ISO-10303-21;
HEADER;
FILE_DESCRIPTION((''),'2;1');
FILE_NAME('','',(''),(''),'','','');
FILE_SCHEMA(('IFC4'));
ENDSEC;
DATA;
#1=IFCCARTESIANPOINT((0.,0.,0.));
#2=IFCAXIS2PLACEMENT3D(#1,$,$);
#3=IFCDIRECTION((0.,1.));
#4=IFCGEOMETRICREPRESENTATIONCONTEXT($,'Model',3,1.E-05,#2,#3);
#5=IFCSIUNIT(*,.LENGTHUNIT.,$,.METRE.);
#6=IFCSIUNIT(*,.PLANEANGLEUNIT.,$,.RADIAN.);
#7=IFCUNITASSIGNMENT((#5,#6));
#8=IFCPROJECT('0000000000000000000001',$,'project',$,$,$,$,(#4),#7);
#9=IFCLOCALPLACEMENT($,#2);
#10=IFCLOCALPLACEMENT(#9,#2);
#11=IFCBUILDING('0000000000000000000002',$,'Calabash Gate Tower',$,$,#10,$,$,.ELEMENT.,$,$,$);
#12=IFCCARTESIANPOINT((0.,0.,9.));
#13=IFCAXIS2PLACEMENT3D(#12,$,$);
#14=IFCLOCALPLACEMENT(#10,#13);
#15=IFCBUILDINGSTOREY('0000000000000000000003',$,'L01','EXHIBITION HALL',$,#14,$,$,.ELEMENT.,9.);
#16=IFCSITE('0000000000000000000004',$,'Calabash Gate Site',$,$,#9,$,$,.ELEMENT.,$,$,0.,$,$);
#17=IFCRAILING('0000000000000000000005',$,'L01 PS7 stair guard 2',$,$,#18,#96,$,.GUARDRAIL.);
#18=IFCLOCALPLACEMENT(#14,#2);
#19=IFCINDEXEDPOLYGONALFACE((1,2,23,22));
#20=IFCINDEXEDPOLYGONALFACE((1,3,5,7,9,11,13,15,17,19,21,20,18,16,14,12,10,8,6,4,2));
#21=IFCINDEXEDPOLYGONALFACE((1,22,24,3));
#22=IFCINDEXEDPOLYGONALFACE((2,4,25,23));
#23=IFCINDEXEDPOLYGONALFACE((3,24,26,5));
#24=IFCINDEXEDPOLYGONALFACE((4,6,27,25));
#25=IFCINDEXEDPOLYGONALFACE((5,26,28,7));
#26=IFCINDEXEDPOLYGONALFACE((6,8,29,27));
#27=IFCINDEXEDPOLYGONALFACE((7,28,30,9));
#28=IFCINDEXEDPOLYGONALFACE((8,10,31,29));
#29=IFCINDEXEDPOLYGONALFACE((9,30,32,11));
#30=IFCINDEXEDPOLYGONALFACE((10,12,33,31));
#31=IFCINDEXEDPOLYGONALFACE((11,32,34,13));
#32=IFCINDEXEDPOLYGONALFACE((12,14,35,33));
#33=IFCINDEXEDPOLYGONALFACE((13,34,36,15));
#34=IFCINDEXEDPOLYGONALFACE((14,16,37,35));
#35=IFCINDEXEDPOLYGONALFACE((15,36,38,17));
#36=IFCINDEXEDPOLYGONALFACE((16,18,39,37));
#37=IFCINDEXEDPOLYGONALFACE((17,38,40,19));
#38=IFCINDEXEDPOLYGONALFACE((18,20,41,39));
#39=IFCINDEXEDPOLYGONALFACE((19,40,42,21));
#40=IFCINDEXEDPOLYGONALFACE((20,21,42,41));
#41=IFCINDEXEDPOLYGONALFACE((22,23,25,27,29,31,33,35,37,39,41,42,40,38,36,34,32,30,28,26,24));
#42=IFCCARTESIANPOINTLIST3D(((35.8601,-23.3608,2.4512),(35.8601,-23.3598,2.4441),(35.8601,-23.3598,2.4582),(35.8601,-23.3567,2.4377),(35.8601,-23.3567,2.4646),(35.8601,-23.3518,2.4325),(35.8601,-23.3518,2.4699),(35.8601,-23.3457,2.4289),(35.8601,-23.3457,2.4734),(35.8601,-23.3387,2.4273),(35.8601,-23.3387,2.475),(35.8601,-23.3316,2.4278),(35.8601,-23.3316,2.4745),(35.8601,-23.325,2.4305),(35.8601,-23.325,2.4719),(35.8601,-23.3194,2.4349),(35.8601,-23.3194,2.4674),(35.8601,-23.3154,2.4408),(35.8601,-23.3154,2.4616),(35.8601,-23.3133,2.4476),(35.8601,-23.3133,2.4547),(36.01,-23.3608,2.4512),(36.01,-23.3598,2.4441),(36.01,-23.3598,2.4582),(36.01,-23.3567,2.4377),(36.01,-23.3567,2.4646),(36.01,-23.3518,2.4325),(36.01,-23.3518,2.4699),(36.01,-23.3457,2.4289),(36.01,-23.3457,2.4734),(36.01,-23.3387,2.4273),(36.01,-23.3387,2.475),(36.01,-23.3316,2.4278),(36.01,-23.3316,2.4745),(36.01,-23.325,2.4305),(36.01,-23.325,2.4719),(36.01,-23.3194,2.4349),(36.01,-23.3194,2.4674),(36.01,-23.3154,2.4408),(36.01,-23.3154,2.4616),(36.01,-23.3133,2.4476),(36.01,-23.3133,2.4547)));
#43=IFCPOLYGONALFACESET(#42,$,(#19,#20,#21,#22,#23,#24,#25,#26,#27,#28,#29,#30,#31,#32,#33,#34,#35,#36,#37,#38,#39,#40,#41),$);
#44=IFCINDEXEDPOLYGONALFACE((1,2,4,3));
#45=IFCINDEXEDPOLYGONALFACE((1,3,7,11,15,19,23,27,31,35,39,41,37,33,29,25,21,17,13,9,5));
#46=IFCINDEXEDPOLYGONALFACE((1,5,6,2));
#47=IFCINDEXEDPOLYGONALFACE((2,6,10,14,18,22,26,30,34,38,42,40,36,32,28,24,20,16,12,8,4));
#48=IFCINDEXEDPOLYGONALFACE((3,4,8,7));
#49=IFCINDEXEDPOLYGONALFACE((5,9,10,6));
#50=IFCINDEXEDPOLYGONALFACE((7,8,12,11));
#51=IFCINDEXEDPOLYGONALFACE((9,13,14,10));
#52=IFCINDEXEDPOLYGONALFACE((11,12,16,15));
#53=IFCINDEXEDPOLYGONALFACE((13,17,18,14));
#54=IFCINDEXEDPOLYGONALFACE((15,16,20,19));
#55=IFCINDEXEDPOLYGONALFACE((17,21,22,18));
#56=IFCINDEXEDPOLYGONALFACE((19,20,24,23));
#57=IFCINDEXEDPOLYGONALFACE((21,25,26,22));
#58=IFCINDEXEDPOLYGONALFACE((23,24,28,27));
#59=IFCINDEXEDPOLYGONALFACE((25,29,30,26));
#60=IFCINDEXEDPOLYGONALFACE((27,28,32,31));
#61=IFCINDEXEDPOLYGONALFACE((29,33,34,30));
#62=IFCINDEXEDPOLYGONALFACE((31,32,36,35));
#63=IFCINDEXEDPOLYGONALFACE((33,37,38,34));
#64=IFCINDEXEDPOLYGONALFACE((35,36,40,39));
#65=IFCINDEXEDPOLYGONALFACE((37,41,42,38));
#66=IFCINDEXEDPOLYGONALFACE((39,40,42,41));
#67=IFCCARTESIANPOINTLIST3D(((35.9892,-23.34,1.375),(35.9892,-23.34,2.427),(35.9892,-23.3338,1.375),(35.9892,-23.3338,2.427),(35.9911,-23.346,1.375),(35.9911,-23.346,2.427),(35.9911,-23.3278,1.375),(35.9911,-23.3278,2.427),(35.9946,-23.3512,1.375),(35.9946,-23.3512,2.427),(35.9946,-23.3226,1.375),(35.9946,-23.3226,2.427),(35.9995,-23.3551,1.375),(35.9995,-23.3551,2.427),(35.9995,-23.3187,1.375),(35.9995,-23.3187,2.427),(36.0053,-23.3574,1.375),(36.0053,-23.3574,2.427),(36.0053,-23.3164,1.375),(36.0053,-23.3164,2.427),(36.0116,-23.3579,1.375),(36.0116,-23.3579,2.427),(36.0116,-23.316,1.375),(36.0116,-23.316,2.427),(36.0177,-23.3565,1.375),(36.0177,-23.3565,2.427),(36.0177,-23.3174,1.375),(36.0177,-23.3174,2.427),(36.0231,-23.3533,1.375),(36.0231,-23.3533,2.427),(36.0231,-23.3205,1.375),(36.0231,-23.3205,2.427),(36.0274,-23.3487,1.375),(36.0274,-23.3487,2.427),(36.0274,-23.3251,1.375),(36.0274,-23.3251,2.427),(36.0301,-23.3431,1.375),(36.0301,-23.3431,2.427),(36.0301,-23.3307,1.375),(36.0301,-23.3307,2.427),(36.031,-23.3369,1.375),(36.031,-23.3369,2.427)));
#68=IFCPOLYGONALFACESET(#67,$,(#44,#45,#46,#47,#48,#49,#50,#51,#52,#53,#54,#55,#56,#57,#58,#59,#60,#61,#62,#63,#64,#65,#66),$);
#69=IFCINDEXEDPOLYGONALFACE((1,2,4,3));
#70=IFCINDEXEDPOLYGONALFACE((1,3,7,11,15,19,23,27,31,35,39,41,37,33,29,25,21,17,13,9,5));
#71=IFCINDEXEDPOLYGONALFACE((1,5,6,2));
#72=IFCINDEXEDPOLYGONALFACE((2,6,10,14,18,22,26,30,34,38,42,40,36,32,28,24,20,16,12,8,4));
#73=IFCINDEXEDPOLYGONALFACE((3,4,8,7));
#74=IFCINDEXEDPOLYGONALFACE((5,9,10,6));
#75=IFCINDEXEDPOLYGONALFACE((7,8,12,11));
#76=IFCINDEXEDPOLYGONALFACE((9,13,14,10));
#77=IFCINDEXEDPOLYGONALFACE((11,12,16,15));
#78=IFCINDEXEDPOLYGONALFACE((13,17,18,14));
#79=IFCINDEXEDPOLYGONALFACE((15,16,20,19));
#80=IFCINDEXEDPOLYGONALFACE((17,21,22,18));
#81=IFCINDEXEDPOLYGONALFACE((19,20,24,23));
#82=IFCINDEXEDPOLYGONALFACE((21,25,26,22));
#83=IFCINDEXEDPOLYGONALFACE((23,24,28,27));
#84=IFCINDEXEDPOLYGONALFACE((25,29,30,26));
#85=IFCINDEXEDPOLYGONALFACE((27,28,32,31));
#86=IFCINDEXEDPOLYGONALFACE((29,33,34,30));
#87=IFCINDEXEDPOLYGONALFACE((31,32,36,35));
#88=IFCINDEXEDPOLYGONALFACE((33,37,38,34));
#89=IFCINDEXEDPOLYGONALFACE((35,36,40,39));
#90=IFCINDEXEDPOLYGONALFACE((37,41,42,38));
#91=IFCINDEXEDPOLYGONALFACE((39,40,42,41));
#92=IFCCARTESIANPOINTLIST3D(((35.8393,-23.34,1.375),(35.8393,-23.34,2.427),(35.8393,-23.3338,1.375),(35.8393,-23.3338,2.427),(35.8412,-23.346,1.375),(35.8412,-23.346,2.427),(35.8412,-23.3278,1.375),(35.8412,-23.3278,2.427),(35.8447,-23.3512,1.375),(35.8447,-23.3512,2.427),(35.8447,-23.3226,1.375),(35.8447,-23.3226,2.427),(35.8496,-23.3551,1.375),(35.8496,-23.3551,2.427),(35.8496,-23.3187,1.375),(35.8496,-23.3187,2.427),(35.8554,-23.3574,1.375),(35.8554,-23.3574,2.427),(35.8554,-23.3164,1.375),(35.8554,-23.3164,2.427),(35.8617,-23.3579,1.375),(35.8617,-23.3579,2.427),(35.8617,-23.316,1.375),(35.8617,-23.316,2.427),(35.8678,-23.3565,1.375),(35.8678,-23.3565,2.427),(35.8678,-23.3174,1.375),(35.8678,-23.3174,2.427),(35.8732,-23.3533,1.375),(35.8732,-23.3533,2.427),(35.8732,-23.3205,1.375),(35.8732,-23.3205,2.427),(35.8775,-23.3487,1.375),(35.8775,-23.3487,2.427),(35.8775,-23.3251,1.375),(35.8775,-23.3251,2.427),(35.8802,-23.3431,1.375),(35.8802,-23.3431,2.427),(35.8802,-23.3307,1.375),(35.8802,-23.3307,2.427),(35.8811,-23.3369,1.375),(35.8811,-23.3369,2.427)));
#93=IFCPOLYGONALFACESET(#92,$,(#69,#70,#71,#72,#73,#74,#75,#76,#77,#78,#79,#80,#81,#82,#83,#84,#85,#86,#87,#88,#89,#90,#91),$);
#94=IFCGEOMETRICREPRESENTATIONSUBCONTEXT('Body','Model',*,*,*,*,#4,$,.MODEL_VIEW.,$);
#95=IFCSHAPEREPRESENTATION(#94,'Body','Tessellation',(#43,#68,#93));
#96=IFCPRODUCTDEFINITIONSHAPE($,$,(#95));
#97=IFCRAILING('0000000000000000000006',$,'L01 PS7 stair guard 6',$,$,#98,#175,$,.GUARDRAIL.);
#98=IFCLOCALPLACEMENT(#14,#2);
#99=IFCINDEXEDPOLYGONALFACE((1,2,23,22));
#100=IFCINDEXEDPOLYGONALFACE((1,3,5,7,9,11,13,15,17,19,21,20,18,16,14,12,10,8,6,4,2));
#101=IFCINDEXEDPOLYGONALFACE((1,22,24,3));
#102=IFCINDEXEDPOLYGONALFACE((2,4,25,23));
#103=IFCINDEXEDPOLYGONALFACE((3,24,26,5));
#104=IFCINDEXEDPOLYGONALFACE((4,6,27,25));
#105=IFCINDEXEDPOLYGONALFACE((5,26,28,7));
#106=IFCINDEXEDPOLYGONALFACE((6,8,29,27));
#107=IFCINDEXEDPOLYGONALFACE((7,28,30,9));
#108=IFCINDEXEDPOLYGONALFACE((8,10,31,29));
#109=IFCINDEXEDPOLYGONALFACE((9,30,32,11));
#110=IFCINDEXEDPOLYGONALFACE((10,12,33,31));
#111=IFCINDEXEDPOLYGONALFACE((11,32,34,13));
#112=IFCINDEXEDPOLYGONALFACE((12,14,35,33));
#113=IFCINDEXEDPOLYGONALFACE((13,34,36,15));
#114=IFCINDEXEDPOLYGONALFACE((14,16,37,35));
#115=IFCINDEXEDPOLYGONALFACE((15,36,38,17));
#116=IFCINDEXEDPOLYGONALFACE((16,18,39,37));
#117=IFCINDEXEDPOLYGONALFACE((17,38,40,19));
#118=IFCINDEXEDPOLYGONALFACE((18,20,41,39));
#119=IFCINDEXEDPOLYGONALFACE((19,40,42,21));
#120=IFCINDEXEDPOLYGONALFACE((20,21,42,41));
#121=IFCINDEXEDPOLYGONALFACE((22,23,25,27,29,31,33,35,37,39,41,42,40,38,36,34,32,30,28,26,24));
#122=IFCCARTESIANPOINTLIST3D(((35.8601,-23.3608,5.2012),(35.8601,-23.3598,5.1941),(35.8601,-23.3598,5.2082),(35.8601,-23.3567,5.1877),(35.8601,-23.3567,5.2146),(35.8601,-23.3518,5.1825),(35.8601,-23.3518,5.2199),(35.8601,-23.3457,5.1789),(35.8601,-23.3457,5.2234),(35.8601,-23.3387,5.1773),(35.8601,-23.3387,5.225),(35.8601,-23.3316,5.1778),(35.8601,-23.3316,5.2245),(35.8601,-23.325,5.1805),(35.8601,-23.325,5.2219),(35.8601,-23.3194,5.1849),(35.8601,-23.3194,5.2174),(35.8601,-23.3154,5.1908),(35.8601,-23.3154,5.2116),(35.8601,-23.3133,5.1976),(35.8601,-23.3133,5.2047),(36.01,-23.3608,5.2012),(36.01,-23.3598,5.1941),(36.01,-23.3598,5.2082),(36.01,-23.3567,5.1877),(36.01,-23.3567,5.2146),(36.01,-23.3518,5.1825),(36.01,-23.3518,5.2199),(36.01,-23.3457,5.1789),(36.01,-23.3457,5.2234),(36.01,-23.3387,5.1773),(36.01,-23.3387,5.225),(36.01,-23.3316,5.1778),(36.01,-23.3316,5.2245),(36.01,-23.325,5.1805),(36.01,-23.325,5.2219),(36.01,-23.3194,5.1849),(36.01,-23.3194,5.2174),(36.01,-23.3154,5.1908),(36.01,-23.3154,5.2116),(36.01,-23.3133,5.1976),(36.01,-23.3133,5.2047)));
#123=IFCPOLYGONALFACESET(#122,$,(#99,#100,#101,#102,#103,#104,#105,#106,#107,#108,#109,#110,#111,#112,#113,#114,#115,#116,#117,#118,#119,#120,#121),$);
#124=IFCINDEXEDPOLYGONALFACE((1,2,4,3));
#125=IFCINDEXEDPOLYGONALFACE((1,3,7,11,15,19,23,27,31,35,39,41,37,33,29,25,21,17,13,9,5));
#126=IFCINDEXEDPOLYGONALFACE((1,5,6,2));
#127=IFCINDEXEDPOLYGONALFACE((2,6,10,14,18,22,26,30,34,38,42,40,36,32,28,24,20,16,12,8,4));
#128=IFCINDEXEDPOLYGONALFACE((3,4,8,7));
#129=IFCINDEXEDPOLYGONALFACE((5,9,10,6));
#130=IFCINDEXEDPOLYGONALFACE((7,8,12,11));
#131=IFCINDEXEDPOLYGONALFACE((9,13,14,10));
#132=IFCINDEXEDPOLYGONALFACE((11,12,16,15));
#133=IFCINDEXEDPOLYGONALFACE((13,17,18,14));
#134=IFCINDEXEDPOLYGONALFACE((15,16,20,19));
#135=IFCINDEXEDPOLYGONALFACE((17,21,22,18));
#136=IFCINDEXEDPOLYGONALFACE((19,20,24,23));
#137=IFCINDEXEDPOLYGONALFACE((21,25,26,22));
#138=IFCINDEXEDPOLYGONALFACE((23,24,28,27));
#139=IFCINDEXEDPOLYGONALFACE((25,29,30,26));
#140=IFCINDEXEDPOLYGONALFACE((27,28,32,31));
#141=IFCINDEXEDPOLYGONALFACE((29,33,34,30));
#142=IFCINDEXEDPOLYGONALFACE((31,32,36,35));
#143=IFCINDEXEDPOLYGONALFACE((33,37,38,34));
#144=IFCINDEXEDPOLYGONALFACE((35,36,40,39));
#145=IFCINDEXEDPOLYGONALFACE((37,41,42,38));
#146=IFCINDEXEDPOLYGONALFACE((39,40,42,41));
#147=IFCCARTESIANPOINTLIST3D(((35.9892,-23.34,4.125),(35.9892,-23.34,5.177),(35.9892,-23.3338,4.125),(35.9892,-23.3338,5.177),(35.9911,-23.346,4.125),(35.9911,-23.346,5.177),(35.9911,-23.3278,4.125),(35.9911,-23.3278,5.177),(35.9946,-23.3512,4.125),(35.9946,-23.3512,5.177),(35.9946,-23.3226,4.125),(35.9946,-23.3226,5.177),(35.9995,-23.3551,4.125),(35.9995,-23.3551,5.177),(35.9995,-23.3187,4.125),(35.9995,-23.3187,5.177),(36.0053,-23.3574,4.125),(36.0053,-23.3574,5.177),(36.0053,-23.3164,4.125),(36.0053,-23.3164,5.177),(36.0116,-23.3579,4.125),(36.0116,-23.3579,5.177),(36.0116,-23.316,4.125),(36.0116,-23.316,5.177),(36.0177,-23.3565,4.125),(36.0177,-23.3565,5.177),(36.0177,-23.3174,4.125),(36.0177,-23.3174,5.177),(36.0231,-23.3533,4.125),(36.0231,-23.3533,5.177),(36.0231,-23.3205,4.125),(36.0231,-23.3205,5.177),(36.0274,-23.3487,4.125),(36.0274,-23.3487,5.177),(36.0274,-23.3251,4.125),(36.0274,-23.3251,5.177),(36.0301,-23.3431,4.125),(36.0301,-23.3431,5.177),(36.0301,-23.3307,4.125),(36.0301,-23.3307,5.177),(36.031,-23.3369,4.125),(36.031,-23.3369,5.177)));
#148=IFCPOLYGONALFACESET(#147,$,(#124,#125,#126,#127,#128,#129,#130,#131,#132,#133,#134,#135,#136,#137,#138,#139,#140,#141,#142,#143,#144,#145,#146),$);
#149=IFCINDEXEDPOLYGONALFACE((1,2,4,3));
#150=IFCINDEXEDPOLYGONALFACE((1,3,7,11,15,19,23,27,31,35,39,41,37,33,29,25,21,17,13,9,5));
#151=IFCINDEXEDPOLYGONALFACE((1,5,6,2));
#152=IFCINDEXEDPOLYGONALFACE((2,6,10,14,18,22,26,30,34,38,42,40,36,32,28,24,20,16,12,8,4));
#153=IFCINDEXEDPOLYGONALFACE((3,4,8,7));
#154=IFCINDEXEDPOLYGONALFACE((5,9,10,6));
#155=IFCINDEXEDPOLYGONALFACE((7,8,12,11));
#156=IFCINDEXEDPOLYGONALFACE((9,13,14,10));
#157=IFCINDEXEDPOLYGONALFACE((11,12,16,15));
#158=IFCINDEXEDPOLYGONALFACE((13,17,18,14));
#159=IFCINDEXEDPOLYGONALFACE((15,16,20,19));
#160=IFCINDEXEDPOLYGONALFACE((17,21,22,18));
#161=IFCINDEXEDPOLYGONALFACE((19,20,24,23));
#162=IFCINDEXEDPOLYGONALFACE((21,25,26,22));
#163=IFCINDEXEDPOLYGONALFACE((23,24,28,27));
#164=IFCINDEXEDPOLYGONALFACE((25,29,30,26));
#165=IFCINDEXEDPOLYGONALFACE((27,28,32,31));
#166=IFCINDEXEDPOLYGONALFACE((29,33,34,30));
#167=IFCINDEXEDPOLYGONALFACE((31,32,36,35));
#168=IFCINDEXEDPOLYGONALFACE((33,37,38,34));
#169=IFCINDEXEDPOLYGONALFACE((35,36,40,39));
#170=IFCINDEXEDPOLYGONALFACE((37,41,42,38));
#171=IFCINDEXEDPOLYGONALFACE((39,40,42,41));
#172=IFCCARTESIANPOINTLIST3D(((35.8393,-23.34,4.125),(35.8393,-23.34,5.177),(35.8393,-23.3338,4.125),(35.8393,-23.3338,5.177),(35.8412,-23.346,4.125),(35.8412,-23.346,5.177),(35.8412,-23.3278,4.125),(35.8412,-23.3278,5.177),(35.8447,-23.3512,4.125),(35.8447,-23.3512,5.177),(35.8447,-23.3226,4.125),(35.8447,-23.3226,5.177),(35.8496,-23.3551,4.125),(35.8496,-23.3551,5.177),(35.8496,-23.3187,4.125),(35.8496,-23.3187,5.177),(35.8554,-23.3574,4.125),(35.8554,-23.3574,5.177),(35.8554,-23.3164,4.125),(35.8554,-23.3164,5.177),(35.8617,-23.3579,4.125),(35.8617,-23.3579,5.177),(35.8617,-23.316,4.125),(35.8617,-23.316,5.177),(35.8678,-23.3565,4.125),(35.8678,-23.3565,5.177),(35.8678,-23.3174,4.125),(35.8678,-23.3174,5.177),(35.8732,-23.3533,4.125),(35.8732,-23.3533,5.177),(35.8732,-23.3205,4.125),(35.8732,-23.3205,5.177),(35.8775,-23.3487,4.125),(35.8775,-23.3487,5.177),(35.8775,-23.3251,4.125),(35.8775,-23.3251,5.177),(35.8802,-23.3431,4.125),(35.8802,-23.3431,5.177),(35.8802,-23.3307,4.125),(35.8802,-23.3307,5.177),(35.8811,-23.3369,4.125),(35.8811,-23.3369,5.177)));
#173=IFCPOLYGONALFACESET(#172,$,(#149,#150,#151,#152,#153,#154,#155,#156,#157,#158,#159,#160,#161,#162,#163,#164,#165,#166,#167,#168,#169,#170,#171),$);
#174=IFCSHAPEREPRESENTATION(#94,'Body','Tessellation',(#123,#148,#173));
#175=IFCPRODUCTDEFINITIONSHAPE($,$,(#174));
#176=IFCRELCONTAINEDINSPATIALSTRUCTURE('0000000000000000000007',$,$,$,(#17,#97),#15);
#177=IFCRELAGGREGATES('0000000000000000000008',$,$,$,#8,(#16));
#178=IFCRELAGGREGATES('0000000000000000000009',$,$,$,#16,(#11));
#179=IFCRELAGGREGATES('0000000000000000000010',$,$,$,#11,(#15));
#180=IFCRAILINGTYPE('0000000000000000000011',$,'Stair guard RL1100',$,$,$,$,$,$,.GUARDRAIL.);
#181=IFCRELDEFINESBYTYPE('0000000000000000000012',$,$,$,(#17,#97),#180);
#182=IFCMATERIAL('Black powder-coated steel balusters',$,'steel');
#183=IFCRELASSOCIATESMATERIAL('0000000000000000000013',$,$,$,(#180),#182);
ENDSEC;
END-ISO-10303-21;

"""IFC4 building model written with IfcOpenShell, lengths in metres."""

from ifc_helpers import new_model, si_unit, direction, frame, origin, origin_2d, place, context, subcontext, project, spatial, circle, extrude, material, type_object, element, save


model = new_model("IFC4")

# Units and contexts
model_context = context("Model", 3, precision=1e-05, world=origin(), true_north=direction((0.0, 1.0)))
body_context = subcontext(model_context, "Body", "Model", "MODEL_VIEW")
ifc_project = project(units=[si_unit("LENGTHUNIT", "METRE"), si_unit("PLANEANGLEUNIT", "RADIAN")], contexts=[model_context])

# Site, building, storey
site_placement = place(None, origin())
site = spatial("IfcSite", under=ifc_project, at=site_placement, Name="Calabash Gate Site", CompositionType="ELEMENT", RefElevation=0.0)
building_placement = place(site_placement, origin())
building = spatial("IfcBuilding", under=site, at=building_placement, Name="Calabash Gate Tower", CompositionType="ELEMENT")
storey_placement = place(building_placement, frame((0.0, 0.0, 9.0)))
storey = spatial("IfcBuildingStorey", under=building, at=storey_placement, Name="L01", Description="EXHIBITION HALL", CompositionType="ELEMENT", Elevation=9.0)

# Railings
ifc_material_1 = material(Name="Black powder-coated steel balusters", Category="steel")
railing_type_1 = type_object("IfcRailingType", Name="Stair guard RL1100", PredefinedType="GUARDRAIL", material=ifc_material_1)
for number, where, name in (
    (1, (36.01, -23.3369, 1.375), "L01 PS7 stair guard 2"),
    (2, (36.01, -23.3369, 4.125), "L01 PS7 stair guard 6"),
):
    element("IfcRailing", number, at=place(storey_placement, frame(where)), inside=storey, type_object=railing_type_1, Name=name, PredefinedType="GUARDRAIL", context=body_context, shape_type="SweptSolid", body=[
        extrude(circle(Radius=0.0239, at=origin_2d()), frame((0.0, 0.0, 1.0762), z_axis=(-1.0, 0.0, 0.0), x_axis=(0.0, -1.0, 0.0)), (0.0, 0.0, 1.0), 0.1499),
        extrude(circle(Radius=0.021, at=origin_2d()), origin(), (0.0, 0.0, 1.0), 1.052),
        extrude(circle(Radius=0.021, at=origin_2d()), frame((-0.1499, 0.0, 0.0)), (0.0, 0.0, 1.0), 1.052),
    ])

save(model, "model.ifc")
